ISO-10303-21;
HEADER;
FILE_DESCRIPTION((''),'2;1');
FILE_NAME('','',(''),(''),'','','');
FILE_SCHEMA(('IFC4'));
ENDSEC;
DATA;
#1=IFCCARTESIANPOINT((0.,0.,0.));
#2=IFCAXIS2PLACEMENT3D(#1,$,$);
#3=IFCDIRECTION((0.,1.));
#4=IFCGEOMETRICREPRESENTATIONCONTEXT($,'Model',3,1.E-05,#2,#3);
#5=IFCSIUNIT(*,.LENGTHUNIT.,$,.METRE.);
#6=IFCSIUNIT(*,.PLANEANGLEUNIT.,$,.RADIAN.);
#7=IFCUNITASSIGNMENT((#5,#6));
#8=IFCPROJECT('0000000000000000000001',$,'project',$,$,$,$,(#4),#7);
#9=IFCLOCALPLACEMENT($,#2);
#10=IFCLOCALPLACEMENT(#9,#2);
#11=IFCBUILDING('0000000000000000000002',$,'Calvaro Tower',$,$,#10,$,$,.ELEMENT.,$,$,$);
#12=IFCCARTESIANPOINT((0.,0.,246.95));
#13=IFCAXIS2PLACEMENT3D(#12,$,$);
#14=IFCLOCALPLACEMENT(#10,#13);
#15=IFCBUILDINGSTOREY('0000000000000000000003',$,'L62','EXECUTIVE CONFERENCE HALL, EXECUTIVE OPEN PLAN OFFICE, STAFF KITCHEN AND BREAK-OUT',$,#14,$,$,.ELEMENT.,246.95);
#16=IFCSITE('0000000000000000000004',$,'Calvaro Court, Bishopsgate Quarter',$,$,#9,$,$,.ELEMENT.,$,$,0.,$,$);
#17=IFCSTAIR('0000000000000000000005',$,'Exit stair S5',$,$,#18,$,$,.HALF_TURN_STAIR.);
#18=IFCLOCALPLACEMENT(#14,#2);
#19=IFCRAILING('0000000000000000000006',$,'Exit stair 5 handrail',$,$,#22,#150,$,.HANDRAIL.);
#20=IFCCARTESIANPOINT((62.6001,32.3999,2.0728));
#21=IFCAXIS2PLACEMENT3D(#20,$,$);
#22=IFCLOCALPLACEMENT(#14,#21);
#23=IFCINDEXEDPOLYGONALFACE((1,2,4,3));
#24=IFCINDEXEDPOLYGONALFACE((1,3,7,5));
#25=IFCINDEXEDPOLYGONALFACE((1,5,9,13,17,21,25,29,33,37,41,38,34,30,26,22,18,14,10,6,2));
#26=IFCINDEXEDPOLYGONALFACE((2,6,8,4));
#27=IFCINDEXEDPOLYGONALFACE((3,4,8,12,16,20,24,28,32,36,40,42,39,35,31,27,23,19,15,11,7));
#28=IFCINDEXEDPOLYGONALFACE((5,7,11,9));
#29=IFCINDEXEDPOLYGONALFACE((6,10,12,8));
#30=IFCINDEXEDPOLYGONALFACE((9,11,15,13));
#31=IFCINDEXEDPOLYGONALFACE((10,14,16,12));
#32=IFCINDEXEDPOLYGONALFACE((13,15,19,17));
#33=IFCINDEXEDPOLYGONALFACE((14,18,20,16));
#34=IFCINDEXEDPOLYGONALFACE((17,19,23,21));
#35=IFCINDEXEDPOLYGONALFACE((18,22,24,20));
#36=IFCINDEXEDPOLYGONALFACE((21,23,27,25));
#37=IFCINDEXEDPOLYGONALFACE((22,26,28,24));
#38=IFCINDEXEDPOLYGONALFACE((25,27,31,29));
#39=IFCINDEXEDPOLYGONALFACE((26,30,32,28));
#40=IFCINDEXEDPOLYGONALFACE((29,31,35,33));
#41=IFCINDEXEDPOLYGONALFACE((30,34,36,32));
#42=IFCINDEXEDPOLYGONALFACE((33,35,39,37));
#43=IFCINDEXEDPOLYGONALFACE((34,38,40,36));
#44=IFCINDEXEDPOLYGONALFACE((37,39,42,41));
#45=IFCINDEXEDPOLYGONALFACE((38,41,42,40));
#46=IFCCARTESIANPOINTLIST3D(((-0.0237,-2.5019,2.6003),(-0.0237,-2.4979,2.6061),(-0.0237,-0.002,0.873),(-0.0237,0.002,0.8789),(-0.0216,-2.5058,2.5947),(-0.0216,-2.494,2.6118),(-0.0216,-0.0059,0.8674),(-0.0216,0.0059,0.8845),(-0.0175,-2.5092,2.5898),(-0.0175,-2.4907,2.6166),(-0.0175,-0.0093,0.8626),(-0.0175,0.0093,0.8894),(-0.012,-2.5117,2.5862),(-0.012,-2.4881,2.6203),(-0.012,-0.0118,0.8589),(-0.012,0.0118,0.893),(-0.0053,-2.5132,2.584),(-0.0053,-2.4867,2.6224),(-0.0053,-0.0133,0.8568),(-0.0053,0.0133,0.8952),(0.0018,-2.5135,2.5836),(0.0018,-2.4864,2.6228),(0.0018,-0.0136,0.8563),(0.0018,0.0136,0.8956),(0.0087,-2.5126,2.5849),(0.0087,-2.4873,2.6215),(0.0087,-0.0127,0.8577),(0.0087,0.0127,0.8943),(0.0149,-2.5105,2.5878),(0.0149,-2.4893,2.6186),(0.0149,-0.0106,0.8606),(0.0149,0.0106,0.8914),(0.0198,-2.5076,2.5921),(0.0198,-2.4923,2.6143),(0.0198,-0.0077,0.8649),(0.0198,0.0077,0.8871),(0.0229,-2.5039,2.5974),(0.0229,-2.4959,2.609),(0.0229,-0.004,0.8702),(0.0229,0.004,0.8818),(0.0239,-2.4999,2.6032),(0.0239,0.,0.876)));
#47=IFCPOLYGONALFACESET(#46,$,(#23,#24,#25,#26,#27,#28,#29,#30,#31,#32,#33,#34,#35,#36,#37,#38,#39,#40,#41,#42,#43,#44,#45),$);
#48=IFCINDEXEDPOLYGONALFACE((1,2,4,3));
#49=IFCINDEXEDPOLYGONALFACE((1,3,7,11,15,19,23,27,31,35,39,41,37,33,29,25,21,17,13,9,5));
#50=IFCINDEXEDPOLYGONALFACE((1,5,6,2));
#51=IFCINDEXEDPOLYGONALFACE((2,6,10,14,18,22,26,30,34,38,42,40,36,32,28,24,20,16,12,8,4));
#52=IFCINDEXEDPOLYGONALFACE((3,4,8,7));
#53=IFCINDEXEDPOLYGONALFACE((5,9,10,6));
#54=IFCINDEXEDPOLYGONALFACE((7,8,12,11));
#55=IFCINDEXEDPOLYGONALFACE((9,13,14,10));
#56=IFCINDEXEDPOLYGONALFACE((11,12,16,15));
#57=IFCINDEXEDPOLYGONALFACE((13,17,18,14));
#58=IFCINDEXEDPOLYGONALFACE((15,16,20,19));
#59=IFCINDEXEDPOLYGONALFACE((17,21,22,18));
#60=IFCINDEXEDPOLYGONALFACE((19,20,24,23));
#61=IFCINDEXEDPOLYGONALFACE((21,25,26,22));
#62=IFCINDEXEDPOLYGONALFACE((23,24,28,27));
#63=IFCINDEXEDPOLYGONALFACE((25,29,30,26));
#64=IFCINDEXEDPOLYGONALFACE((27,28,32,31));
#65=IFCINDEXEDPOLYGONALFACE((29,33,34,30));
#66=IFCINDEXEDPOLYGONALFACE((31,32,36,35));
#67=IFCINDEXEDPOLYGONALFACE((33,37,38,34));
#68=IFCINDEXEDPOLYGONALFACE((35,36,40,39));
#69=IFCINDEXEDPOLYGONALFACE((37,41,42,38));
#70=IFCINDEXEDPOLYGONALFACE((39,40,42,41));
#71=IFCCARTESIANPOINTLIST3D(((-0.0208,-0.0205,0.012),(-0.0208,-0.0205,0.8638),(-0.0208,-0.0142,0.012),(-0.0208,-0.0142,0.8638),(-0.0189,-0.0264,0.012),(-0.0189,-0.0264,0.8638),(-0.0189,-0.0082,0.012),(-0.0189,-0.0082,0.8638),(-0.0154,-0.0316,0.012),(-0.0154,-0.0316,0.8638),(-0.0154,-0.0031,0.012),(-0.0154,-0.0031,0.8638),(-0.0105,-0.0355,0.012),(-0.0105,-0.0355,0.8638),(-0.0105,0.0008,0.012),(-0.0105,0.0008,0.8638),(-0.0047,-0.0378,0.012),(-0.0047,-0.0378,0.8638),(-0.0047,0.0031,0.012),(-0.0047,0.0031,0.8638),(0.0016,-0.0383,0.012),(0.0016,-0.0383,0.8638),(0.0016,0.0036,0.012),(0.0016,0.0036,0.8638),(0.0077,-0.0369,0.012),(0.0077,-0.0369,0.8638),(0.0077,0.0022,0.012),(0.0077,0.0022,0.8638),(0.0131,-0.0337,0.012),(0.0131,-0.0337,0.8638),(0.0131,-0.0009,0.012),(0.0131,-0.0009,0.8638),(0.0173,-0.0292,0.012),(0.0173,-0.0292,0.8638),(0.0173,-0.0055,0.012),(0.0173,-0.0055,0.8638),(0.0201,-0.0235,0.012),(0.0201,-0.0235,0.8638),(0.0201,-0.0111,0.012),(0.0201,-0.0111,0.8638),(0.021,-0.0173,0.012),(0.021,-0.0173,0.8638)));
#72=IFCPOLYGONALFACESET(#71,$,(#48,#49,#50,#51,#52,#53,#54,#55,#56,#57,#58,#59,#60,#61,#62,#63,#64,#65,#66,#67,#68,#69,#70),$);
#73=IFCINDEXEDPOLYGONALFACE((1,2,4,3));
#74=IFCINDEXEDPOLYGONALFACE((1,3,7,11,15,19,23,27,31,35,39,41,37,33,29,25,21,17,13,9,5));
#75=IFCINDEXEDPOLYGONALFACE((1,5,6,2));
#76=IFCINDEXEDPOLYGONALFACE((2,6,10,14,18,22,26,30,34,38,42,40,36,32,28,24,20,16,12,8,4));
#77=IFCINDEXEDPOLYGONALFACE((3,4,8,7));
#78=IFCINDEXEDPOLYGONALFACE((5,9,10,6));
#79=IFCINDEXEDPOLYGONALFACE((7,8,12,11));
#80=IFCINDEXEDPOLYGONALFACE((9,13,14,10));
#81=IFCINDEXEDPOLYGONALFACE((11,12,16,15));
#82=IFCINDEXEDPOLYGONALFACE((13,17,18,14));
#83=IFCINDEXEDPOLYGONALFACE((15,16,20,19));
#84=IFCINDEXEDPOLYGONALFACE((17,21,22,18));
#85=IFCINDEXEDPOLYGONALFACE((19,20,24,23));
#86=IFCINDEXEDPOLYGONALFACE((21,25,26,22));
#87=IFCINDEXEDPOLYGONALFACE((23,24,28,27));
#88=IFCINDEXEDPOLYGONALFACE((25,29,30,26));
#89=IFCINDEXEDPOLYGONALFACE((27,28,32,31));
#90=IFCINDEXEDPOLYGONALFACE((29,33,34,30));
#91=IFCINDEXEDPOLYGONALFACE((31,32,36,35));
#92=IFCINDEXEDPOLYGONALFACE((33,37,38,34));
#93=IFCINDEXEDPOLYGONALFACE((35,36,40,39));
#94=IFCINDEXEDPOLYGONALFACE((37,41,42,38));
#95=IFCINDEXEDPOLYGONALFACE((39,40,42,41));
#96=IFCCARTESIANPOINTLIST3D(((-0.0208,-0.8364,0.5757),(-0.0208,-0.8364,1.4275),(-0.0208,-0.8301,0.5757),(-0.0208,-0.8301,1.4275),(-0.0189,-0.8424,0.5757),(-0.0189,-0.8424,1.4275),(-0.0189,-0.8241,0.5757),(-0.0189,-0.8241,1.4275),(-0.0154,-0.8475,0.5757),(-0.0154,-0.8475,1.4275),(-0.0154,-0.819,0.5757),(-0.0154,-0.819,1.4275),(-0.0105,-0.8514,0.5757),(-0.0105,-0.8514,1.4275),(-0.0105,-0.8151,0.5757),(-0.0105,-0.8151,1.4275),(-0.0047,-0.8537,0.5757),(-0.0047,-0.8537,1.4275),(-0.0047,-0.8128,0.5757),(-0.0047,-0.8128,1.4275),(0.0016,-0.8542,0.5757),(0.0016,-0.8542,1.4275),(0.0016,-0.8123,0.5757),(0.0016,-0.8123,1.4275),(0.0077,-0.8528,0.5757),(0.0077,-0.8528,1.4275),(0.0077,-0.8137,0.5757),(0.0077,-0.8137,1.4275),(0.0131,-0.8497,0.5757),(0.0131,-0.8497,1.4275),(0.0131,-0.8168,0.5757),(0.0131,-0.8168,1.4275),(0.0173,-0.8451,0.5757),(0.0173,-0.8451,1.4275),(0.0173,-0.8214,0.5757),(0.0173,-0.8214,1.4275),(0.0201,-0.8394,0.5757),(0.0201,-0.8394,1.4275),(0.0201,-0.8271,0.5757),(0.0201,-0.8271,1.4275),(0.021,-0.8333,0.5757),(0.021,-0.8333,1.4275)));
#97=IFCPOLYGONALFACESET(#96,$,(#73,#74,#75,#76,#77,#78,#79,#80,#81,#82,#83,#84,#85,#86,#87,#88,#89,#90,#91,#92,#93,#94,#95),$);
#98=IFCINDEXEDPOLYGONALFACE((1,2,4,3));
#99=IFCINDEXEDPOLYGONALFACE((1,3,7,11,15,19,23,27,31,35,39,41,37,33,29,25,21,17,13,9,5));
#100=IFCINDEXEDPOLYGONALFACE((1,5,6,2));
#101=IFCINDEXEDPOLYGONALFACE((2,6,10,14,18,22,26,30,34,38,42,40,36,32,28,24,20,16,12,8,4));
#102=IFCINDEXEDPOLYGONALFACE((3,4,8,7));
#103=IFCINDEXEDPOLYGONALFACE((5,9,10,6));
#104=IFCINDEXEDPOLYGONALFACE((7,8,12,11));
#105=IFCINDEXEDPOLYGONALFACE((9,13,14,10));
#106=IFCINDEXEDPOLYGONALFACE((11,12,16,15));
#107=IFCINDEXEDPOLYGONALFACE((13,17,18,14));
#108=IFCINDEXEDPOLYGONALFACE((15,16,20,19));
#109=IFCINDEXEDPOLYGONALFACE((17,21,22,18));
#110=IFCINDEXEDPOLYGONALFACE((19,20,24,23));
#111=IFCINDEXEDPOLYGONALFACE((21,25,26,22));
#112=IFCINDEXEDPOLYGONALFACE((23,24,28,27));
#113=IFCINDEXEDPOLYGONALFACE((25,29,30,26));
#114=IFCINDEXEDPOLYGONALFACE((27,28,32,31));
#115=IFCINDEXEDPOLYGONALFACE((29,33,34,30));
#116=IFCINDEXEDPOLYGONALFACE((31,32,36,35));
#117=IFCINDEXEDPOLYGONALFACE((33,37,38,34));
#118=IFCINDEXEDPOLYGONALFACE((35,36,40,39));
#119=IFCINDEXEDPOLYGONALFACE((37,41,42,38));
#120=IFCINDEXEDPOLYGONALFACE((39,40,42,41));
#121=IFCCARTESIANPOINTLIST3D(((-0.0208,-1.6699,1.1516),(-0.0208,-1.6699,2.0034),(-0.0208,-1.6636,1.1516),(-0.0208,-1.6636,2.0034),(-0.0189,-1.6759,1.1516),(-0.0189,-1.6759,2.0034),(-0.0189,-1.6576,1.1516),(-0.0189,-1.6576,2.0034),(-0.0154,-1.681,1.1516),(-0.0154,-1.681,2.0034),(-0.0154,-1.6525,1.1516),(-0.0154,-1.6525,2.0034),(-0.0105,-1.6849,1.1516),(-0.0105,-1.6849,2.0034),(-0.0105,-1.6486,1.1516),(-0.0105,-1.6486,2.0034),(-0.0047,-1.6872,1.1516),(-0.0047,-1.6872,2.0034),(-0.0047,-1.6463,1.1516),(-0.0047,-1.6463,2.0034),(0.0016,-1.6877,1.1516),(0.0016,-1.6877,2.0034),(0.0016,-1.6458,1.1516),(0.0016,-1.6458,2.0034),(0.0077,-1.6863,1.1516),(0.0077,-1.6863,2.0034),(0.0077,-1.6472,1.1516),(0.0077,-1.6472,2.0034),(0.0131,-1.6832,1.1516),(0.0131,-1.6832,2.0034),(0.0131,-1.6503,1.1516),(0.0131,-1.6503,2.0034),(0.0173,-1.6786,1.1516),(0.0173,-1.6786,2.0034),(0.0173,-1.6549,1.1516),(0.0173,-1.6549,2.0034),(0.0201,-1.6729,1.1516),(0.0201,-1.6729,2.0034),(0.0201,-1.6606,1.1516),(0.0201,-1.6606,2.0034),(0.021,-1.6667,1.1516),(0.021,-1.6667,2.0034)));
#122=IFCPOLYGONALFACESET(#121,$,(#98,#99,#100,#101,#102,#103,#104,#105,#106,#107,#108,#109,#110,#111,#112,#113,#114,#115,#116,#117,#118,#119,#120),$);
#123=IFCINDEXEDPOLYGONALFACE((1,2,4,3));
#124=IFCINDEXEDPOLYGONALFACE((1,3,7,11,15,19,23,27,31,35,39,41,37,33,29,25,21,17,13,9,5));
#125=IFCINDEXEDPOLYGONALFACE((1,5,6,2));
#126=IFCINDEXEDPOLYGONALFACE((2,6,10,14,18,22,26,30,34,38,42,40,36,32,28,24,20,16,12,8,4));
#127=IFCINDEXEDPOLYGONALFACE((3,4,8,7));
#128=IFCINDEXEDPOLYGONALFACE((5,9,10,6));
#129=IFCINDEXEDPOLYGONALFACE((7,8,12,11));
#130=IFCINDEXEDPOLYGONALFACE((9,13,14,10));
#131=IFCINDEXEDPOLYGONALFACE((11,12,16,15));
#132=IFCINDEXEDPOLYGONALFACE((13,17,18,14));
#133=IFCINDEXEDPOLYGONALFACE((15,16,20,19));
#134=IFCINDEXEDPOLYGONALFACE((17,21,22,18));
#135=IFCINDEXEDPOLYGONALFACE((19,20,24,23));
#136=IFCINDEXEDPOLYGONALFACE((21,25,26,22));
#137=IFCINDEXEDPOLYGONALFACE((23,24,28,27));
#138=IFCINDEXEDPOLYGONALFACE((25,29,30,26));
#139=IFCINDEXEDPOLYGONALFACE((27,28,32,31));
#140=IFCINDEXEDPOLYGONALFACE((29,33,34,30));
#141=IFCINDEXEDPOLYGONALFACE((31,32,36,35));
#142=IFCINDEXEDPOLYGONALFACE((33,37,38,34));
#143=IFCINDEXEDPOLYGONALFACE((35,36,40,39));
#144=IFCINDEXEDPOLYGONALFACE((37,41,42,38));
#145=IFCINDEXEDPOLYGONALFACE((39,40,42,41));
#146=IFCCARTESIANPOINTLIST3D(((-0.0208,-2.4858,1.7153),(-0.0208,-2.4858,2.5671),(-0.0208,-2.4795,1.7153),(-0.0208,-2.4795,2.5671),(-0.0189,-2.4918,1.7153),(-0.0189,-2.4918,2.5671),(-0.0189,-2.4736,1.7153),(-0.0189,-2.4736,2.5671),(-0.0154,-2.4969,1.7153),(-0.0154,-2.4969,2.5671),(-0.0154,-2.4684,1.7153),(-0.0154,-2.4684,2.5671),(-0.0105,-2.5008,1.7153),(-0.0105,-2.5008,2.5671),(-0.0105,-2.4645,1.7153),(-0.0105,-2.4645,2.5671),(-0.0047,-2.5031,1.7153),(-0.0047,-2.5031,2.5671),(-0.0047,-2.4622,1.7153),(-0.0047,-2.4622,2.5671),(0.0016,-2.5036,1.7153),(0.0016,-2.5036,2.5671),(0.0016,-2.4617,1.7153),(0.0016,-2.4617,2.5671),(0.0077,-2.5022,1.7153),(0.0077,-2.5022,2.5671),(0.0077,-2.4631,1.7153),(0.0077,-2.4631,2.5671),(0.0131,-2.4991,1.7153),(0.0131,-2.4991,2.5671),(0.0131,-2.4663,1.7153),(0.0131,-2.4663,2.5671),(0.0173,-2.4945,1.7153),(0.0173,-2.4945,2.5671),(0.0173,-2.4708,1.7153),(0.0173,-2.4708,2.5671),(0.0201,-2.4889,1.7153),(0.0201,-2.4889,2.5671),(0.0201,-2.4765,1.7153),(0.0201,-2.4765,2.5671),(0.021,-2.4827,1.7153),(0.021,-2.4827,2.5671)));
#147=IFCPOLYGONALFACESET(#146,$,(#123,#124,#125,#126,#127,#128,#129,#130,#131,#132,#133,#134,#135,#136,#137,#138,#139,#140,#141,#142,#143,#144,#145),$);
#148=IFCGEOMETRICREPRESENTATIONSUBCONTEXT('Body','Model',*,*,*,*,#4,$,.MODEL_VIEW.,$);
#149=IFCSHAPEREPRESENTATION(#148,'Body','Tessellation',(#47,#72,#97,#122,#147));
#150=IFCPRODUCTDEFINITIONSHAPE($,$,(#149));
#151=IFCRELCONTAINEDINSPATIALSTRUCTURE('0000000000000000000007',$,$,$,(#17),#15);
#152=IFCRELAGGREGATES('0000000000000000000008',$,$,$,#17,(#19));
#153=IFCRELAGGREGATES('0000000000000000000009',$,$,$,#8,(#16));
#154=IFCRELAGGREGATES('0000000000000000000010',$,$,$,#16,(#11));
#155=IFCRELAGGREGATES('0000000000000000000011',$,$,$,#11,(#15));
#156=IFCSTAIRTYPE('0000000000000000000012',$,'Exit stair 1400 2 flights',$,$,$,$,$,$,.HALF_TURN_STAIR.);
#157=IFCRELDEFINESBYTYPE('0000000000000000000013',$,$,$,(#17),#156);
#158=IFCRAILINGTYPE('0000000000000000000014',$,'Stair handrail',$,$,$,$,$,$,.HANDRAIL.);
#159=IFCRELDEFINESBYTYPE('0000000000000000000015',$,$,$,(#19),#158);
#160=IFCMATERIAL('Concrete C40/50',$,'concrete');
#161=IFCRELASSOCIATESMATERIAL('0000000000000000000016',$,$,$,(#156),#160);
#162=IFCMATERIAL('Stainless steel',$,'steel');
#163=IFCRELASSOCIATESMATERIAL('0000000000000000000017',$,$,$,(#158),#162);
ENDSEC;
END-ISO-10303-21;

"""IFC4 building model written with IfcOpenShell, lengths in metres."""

from ifc_helpers import new_model, si_unit, direction, frame, origin, origin_2d, place, context, subcontext, project, spatial, circle, extrude, material, type_object, element, aggregate, save


model = new_model("IFC4")

# Units and contexts
model_context = context("Model", 3, precision=1e-05, world=origin(), true_north=direction((0.0, 1.0)))
body_context = subcontext(model_context, "Body", "Model", "MODEL_VIEW")
ifc_project = project(units=[si_unit("LENGTHUNIT", "METRE"), si_unit("PLANEANGLEUNIT", "RADIAN")], contexts=[model_context])

# Site, building, storey
site_placement = place(None, origin())
site = spatial("IfcSite", under=ifc_project, at=site_placement, Name="Calvaro Court, Bishopsgate Quarter", CompositionType="ELEMENT", RefElevation=0.0)
building_placement = place(site_placement, origin())
building = spatial("IfcBuilding", under=site, at=building_placement, Name="Calvaro Tower", CompositionType="ELEMENT")
storey_placement = place(building_placement, frame((0.0, 0.0, 246.95)))
storey = spatial("IfcBuildingStorey", under=building, at=storey_placement, Name="L62", Description="EXECUTIVE CONFERENCE HALL, EXECUTIVE OPEN PLAN OFFICE, STAFF KITCHEN AND BREAK-OUT", CompositionType="ELEMENT", Elevation=246.95)

# Stair, railing
ifc_material_1 = material(Name="Concrete C40/50", Category="concrete")
stair_type = type_object("IfcStairType", Name="Exit stair 1400 2 flights", PredefinedType="HALF_TURN_STAIR", material=ifc_material_1)
stair_placement = place(storey_placement, origin())
stair = element("IfcStair", 1, at=stair_placement, inside=storey, type_object=stair_type, Name="Exit stair S5", PredefinedType="HALF_TURN_STAIR")
ifc_material_2 = material(Name="Stainless steel", Category="steel")
railing_type = type_object("IfcRailingType", Name="Stair handrail", PredefinedType="HANDRAIL", material=ifc_material_2)
railing_1_placement = place(storey_placement, frame((62.6001, 32.3999, 2.0728)))
railing_1 = element("IfcRailing", 2, at=railing_1_placement, type_object=railing_type, Name="Exit stair 5 handrail", PredefinedType="HANDRAIL", context=body_context, shape_type="SweptSolid", body=[
    extrude(circle(Radius=0.0239, at=origin_2d()), frame((0.0, 0.0, 0.876), z_axis=(0.0, -0.822727, 0.568437), x_axis=(1.0, 0.0, 0.0)), (0.0, 0.0, 1.0), 3.0386),
    extrude(circle(Radius=0.021, at=origin_2d()), frame((0.0, -0.0173, 0.012)), (0.0, 0.0, 1.0), 0.8518),
    extrude(circle(Radius=0.021, at=origin_2d()), frame((0.0, -0.8333, 0.5757)), (0.0, 0.0, 1.0), 0.8518),
    extrude(circle(Radius=0.021, at=origin_2d()), frame((0.0, -1.6667, 1.1516)), (0.0, 0.0, 1.0), 0.8518),
    extrude(circle(Radius=0.021, at=origin_2d()), frame((0.0, -2.4827, 1.7153)), (0.0, 0.0, 1.0), 0.8518),
])
aggregate(stair, [railing_1])

save(model, "model.ifc")
